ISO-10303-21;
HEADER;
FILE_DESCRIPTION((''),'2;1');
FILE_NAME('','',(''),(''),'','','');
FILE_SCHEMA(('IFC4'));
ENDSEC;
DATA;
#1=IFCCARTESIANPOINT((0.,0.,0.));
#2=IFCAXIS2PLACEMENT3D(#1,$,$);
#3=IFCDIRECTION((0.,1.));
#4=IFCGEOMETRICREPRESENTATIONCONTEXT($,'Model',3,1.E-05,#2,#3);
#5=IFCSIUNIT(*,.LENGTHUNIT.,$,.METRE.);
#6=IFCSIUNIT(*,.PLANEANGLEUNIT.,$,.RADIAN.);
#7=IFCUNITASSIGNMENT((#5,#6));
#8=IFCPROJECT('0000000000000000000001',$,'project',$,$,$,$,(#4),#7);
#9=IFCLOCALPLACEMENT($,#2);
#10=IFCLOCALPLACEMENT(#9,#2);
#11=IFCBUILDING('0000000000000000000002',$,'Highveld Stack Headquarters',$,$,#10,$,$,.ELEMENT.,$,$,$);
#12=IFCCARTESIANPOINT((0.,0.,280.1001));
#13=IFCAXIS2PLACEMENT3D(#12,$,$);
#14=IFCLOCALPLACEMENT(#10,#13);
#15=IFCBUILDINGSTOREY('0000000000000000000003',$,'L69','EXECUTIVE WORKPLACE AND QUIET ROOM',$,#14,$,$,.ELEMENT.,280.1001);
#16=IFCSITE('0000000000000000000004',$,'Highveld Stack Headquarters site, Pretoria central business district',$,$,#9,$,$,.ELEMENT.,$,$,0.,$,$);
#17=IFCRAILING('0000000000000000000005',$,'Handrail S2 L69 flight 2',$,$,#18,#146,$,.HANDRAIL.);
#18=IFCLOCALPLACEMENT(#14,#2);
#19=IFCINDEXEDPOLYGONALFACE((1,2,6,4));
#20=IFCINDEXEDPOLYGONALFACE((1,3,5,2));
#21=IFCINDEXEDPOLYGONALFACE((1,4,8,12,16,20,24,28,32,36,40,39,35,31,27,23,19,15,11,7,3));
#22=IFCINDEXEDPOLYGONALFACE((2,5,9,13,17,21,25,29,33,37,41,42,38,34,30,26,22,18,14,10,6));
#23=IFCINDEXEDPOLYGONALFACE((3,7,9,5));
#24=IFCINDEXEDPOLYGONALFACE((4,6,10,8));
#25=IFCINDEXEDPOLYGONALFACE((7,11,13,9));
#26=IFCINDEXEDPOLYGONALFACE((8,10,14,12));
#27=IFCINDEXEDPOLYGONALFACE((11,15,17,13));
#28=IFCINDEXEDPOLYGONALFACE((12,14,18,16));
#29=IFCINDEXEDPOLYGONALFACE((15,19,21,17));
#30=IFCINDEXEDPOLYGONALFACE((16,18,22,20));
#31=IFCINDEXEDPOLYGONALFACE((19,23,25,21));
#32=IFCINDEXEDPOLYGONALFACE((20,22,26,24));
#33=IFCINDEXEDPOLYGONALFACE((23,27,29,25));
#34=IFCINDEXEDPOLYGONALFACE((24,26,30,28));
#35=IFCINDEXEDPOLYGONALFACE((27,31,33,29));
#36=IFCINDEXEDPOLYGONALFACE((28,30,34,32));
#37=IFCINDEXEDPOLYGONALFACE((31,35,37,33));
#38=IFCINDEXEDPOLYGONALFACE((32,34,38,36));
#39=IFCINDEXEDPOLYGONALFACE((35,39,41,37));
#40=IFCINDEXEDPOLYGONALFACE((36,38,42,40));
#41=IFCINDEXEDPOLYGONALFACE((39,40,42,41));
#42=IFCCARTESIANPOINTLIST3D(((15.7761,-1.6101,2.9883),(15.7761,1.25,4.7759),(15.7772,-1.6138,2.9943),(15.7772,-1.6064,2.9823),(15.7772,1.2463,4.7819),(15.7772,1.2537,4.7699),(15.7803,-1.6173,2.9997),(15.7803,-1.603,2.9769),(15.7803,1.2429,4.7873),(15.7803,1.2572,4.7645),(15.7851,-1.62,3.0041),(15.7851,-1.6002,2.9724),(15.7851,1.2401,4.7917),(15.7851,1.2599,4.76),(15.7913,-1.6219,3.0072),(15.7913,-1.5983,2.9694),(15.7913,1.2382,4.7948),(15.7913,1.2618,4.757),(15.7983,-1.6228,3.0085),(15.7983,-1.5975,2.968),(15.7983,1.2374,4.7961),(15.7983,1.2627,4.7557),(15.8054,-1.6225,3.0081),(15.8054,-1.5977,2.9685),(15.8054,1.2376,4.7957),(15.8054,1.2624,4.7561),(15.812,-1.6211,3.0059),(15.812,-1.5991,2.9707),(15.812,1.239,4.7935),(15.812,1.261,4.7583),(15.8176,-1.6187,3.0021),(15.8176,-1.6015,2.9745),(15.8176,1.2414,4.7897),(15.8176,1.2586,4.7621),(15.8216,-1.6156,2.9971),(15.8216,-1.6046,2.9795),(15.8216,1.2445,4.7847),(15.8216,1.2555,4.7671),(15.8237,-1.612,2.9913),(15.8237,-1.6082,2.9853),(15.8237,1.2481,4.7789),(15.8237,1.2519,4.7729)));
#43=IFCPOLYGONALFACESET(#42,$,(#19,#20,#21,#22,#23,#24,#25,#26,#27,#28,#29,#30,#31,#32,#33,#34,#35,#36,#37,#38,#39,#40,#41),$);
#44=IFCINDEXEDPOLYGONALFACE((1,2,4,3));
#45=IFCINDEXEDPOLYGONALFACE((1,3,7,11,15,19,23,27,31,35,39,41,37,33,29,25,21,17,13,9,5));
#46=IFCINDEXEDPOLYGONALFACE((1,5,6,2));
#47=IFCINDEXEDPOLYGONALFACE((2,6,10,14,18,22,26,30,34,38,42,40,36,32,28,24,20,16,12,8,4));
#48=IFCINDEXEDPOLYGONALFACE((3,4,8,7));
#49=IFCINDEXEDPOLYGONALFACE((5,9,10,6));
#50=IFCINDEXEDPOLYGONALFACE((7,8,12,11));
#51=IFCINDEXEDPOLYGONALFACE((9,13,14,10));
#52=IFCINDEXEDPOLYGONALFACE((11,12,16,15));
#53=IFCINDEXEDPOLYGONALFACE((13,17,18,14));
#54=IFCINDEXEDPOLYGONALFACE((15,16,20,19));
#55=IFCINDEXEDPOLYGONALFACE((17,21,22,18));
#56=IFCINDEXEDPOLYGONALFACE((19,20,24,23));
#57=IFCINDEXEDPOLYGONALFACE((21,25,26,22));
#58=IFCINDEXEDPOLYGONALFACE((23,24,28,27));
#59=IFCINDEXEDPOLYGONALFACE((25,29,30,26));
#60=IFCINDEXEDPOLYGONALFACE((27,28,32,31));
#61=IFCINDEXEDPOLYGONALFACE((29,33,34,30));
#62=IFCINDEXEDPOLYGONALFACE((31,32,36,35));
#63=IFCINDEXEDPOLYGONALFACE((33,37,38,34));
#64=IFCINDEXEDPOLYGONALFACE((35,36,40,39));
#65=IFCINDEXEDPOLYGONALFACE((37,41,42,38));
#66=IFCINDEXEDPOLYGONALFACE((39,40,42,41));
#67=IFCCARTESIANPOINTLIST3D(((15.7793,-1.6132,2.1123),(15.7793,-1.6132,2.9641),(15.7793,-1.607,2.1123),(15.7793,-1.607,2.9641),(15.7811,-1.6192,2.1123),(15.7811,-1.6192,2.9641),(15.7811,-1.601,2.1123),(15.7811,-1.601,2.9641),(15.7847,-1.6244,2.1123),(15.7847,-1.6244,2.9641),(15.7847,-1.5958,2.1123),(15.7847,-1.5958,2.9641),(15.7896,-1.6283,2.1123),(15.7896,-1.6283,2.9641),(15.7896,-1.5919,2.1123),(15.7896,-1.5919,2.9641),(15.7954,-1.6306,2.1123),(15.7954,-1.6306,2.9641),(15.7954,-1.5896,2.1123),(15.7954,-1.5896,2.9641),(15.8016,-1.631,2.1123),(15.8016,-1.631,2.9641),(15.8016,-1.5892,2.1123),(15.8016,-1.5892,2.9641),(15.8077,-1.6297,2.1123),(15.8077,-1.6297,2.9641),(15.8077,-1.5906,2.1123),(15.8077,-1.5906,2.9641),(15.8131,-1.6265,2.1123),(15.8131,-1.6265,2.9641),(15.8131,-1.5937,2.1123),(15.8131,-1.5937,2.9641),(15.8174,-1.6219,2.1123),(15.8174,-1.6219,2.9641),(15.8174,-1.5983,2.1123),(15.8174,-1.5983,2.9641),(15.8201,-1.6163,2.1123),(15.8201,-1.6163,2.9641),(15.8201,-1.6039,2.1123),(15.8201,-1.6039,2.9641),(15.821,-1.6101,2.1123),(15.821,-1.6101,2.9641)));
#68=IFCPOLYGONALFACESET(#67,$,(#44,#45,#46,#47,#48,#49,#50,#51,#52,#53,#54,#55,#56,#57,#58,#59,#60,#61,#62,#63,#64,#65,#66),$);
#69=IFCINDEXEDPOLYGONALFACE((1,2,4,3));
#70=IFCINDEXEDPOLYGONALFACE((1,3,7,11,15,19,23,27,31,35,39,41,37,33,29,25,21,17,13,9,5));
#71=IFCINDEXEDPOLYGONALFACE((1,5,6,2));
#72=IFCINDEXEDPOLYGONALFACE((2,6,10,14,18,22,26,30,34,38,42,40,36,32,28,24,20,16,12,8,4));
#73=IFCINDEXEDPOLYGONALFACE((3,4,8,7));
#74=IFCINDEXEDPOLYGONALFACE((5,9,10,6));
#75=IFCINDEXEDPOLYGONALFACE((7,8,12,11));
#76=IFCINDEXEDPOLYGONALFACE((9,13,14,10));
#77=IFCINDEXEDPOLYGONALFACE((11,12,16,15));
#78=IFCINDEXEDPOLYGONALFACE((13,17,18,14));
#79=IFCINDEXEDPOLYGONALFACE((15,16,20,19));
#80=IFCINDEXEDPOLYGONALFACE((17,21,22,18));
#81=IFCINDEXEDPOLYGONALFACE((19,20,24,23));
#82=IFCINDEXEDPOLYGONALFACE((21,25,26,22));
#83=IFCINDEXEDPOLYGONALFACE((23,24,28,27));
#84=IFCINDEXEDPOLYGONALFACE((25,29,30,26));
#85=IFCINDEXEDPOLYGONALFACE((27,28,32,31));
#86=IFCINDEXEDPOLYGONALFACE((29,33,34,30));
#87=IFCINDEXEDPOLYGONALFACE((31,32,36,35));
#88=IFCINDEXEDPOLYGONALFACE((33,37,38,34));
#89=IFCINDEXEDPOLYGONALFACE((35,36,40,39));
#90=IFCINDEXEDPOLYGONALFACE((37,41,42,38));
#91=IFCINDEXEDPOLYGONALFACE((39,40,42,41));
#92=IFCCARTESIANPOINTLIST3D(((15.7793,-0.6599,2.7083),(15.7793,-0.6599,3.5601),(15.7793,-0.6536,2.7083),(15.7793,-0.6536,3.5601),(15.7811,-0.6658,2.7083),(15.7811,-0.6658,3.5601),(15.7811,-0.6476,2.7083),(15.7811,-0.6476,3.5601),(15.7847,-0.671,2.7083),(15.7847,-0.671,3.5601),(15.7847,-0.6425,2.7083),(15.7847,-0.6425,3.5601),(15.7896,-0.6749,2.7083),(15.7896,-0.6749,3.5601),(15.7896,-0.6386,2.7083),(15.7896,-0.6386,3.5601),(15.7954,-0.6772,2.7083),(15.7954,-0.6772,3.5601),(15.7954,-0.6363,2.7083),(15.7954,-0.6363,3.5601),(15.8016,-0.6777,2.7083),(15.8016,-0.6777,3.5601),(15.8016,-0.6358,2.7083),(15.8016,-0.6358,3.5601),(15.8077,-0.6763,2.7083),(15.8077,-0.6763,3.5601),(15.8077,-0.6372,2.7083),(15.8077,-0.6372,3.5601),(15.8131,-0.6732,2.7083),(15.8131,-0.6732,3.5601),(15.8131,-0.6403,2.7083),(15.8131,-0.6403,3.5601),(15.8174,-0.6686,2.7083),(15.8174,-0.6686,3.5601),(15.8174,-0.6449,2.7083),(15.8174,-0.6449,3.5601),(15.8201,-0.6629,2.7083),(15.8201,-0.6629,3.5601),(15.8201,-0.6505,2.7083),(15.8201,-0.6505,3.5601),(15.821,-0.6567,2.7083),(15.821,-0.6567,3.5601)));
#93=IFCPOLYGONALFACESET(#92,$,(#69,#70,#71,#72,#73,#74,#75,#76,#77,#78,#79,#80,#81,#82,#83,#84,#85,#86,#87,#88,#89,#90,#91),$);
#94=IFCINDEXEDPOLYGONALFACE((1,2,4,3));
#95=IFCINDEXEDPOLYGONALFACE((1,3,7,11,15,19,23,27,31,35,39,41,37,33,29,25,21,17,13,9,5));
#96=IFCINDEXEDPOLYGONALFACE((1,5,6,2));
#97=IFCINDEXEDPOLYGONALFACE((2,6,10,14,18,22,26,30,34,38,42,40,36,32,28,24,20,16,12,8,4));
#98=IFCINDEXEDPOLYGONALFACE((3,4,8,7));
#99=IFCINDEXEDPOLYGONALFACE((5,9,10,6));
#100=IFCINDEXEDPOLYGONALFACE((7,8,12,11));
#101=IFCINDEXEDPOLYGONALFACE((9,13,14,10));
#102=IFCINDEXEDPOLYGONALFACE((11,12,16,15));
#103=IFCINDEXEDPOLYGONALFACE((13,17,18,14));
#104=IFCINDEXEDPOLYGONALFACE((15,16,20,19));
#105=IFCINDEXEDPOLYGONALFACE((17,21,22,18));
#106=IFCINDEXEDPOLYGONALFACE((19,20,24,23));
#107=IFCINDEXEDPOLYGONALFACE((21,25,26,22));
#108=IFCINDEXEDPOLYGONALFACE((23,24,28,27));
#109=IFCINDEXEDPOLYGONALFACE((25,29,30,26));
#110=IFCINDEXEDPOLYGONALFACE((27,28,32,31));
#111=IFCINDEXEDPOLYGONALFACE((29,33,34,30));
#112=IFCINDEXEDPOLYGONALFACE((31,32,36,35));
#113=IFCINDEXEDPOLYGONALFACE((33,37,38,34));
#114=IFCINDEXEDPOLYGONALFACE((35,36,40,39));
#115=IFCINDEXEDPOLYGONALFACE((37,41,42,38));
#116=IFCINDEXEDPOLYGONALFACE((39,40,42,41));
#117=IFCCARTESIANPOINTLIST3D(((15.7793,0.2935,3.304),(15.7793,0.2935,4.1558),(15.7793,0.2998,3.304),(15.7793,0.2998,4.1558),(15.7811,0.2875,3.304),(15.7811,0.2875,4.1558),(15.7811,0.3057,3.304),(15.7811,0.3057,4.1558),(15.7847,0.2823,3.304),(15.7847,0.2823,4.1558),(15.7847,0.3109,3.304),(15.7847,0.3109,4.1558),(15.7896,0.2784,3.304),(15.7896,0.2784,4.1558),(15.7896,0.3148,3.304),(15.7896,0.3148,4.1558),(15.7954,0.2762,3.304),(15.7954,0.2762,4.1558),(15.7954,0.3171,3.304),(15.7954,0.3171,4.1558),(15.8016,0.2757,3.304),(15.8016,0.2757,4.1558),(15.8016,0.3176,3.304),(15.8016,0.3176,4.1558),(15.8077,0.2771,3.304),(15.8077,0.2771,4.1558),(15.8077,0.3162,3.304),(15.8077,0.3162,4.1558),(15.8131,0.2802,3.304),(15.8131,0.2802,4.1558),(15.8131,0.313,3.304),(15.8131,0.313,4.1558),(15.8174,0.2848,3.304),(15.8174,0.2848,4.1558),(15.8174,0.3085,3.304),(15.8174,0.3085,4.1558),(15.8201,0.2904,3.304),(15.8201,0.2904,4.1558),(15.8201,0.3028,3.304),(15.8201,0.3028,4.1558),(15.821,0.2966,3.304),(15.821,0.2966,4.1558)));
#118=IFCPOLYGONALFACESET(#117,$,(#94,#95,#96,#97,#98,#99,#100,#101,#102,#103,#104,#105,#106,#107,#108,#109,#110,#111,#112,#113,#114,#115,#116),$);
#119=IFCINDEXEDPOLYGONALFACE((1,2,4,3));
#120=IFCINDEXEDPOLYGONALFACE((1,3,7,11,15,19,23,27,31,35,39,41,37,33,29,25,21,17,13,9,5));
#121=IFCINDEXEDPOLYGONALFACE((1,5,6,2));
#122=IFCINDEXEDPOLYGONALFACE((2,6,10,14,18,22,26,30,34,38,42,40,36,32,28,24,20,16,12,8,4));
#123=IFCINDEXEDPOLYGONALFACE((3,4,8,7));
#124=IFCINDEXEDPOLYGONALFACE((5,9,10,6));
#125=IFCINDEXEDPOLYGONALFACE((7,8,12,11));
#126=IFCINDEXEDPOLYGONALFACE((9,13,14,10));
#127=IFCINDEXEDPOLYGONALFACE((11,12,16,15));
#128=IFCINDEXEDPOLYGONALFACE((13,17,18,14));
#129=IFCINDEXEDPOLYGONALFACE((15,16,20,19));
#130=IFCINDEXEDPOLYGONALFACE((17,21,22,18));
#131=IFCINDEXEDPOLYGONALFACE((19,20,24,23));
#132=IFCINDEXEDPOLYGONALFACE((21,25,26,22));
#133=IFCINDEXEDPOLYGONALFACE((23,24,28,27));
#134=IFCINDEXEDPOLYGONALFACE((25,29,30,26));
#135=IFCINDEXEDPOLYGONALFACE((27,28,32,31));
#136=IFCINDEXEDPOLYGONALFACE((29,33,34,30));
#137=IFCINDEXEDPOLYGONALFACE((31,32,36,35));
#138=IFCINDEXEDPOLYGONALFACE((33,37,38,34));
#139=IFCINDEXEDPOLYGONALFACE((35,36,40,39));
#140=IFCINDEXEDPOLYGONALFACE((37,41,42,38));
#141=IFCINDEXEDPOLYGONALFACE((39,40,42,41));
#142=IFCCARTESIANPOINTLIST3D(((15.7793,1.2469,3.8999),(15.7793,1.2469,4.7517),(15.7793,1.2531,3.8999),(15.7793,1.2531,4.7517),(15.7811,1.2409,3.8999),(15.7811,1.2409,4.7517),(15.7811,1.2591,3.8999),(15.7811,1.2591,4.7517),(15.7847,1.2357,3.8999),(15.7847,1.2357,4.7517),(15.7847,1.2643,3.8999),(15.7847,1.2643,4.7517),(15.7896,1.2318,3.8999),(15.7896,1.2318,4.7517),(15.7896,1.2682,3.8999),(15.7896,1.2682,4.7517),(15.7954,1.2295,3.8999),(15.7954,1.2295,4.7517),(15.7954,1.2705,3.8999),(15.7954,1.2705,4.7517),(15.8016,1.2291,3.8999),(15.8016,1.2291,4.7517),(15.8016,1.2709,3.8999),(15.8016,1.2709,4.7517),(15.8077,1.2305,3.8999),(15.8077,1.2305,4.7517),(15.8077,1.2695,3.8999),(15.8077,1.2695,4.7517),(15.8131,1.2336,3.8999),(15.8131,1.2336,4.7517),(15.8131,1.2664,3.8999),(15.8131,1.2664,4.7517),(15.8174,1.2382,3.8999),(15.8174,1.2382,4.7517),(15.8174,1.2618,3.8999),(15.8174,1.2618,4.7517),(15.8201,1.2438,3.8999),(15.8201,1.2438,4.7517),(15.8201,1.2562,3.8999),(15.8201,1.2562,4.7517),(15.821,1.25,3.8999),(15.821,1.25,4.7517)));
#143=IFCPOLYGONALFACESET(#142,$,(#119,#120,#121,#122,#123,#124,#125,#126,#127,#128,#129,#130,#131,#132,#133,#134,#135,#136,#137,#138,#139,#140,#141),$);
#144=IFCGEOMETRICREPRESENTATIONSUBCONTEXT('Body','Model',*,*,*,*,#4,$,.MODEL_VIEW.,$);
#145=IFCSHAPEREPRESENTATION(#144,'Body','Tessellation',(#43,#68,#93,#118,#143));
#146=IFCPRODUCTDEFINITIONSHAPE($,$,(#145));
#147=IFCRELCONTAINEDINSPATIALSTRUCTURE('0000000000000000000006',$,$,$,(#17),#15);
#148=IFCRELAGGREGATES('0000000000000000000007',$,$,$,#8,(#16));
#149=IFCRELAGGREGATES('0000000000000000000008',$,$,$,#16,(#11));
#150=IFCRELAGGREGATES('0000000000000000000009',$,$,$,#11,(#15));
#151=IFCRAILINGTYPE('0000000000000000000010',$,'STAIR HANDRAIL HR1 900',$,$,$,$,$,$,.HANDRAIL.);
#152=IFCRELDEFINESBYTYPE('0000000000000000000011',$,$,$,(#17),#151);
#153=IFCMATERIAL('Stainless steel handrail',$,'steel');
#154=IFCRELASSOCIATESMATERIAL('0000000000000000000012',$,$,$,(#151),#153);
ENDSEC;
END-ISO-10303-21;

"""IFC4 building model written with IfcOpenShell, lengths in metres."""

from ifc_helpers import new_model, si_unit, direction, frame, origin, origin_2d, place, context, subcontext, project, spatial, circle, extrude, material, type_object, element, save


model = new_model("IFC4")

# Units and contexts
model_context = context("Model", 3, precision=1e-05, world=origin(), true_north=direction((0.0, 1.0)))
body_context = subcontext(model_context, "Body", "Model", "MODEL_VIEW")
ifc_project = project(units=[si_unit("LENGTHUNIT", "METRE"), si_unit("PLANEANGLEUNIT", "RADIAN")], contexts=[model_context])

# Site, building, storey
site_placement = place(None, origin())
site = spatial("IfcSite", under=ifc_project, at=site_placement, Name="Highveld Stack Headquarters site, Pretoria central business district", CompositionType="ELEMENT", RefElevation=0.0)
building_placement = place(site_placement, origin())
building = spatial("IfcBuilding", under=site, at=building_placement, Name="Highveld Stack Headquarters", CompositionType="ELEMENT")
storey_placement = place(building_placement, frame((0.0, 0.0, 280.1001)))
storey = spatial("IfcBuildingStorey", under=building, at=storey_placement, Name="L69", Description="EXECUTIVE WORKPLACE AND QUIET ROOM", CompositionType="ELEMENT", Elevation=280.1001)

# Railing
ifc_material_1 = material(Name="Stainless steel handrail", Category="steel")
railing_type = type_object("IfcRailingType", Name="STAIR HANDRAIL HR1 900", PredefinedType="HANDRAIL", material=ifc_material_1)
for number, where, name in (
    (1, (15.8, -1.6101, 2.1123), "Handrail S2 L69 flight 2"),
):
    element("IfcRailing", number, at=place(storey_placement, frame(where)), inside=storey, type_object=railing_type, Name=name, PredefinedType="HANDRAIL", context=body_context, shape_type="SweptSolid", body=[
        extrude(circle(Radius=0.0239, at=origin_2d()), frame((0.0, 0.0, 0.876), z_axis=(0.0, 0.847994, 0.530005), x_axis=(-1.0, 0.0, 0.0)), (0.0, 0.0, 1.0), 3.3728),
        extrude(circle(Radius=0.021, at=origin_2d()), origin(), (0.0, 0.0, 1.0), 0.8518),
        extrude(circle(Radius=0.021, at=origin_2d()), frame((0.0, 0.9534, 0.5959)), (0.0, 0.0, 1.0), 0.8518),
        extrude(circle(Radius=0.021, at=origin_2d()), frame((0.0, 1.9067, 1.1917)), (0.0, 0.0, 1.0), 0.8518),
        extrude(circle(Radius=0.021, at=origin_2d()), frame((0.0, 2.8601, 1.7876)), (0.0, 0.0, 1.0), 0.8518),
    ])

save(model, "model.ifc")
